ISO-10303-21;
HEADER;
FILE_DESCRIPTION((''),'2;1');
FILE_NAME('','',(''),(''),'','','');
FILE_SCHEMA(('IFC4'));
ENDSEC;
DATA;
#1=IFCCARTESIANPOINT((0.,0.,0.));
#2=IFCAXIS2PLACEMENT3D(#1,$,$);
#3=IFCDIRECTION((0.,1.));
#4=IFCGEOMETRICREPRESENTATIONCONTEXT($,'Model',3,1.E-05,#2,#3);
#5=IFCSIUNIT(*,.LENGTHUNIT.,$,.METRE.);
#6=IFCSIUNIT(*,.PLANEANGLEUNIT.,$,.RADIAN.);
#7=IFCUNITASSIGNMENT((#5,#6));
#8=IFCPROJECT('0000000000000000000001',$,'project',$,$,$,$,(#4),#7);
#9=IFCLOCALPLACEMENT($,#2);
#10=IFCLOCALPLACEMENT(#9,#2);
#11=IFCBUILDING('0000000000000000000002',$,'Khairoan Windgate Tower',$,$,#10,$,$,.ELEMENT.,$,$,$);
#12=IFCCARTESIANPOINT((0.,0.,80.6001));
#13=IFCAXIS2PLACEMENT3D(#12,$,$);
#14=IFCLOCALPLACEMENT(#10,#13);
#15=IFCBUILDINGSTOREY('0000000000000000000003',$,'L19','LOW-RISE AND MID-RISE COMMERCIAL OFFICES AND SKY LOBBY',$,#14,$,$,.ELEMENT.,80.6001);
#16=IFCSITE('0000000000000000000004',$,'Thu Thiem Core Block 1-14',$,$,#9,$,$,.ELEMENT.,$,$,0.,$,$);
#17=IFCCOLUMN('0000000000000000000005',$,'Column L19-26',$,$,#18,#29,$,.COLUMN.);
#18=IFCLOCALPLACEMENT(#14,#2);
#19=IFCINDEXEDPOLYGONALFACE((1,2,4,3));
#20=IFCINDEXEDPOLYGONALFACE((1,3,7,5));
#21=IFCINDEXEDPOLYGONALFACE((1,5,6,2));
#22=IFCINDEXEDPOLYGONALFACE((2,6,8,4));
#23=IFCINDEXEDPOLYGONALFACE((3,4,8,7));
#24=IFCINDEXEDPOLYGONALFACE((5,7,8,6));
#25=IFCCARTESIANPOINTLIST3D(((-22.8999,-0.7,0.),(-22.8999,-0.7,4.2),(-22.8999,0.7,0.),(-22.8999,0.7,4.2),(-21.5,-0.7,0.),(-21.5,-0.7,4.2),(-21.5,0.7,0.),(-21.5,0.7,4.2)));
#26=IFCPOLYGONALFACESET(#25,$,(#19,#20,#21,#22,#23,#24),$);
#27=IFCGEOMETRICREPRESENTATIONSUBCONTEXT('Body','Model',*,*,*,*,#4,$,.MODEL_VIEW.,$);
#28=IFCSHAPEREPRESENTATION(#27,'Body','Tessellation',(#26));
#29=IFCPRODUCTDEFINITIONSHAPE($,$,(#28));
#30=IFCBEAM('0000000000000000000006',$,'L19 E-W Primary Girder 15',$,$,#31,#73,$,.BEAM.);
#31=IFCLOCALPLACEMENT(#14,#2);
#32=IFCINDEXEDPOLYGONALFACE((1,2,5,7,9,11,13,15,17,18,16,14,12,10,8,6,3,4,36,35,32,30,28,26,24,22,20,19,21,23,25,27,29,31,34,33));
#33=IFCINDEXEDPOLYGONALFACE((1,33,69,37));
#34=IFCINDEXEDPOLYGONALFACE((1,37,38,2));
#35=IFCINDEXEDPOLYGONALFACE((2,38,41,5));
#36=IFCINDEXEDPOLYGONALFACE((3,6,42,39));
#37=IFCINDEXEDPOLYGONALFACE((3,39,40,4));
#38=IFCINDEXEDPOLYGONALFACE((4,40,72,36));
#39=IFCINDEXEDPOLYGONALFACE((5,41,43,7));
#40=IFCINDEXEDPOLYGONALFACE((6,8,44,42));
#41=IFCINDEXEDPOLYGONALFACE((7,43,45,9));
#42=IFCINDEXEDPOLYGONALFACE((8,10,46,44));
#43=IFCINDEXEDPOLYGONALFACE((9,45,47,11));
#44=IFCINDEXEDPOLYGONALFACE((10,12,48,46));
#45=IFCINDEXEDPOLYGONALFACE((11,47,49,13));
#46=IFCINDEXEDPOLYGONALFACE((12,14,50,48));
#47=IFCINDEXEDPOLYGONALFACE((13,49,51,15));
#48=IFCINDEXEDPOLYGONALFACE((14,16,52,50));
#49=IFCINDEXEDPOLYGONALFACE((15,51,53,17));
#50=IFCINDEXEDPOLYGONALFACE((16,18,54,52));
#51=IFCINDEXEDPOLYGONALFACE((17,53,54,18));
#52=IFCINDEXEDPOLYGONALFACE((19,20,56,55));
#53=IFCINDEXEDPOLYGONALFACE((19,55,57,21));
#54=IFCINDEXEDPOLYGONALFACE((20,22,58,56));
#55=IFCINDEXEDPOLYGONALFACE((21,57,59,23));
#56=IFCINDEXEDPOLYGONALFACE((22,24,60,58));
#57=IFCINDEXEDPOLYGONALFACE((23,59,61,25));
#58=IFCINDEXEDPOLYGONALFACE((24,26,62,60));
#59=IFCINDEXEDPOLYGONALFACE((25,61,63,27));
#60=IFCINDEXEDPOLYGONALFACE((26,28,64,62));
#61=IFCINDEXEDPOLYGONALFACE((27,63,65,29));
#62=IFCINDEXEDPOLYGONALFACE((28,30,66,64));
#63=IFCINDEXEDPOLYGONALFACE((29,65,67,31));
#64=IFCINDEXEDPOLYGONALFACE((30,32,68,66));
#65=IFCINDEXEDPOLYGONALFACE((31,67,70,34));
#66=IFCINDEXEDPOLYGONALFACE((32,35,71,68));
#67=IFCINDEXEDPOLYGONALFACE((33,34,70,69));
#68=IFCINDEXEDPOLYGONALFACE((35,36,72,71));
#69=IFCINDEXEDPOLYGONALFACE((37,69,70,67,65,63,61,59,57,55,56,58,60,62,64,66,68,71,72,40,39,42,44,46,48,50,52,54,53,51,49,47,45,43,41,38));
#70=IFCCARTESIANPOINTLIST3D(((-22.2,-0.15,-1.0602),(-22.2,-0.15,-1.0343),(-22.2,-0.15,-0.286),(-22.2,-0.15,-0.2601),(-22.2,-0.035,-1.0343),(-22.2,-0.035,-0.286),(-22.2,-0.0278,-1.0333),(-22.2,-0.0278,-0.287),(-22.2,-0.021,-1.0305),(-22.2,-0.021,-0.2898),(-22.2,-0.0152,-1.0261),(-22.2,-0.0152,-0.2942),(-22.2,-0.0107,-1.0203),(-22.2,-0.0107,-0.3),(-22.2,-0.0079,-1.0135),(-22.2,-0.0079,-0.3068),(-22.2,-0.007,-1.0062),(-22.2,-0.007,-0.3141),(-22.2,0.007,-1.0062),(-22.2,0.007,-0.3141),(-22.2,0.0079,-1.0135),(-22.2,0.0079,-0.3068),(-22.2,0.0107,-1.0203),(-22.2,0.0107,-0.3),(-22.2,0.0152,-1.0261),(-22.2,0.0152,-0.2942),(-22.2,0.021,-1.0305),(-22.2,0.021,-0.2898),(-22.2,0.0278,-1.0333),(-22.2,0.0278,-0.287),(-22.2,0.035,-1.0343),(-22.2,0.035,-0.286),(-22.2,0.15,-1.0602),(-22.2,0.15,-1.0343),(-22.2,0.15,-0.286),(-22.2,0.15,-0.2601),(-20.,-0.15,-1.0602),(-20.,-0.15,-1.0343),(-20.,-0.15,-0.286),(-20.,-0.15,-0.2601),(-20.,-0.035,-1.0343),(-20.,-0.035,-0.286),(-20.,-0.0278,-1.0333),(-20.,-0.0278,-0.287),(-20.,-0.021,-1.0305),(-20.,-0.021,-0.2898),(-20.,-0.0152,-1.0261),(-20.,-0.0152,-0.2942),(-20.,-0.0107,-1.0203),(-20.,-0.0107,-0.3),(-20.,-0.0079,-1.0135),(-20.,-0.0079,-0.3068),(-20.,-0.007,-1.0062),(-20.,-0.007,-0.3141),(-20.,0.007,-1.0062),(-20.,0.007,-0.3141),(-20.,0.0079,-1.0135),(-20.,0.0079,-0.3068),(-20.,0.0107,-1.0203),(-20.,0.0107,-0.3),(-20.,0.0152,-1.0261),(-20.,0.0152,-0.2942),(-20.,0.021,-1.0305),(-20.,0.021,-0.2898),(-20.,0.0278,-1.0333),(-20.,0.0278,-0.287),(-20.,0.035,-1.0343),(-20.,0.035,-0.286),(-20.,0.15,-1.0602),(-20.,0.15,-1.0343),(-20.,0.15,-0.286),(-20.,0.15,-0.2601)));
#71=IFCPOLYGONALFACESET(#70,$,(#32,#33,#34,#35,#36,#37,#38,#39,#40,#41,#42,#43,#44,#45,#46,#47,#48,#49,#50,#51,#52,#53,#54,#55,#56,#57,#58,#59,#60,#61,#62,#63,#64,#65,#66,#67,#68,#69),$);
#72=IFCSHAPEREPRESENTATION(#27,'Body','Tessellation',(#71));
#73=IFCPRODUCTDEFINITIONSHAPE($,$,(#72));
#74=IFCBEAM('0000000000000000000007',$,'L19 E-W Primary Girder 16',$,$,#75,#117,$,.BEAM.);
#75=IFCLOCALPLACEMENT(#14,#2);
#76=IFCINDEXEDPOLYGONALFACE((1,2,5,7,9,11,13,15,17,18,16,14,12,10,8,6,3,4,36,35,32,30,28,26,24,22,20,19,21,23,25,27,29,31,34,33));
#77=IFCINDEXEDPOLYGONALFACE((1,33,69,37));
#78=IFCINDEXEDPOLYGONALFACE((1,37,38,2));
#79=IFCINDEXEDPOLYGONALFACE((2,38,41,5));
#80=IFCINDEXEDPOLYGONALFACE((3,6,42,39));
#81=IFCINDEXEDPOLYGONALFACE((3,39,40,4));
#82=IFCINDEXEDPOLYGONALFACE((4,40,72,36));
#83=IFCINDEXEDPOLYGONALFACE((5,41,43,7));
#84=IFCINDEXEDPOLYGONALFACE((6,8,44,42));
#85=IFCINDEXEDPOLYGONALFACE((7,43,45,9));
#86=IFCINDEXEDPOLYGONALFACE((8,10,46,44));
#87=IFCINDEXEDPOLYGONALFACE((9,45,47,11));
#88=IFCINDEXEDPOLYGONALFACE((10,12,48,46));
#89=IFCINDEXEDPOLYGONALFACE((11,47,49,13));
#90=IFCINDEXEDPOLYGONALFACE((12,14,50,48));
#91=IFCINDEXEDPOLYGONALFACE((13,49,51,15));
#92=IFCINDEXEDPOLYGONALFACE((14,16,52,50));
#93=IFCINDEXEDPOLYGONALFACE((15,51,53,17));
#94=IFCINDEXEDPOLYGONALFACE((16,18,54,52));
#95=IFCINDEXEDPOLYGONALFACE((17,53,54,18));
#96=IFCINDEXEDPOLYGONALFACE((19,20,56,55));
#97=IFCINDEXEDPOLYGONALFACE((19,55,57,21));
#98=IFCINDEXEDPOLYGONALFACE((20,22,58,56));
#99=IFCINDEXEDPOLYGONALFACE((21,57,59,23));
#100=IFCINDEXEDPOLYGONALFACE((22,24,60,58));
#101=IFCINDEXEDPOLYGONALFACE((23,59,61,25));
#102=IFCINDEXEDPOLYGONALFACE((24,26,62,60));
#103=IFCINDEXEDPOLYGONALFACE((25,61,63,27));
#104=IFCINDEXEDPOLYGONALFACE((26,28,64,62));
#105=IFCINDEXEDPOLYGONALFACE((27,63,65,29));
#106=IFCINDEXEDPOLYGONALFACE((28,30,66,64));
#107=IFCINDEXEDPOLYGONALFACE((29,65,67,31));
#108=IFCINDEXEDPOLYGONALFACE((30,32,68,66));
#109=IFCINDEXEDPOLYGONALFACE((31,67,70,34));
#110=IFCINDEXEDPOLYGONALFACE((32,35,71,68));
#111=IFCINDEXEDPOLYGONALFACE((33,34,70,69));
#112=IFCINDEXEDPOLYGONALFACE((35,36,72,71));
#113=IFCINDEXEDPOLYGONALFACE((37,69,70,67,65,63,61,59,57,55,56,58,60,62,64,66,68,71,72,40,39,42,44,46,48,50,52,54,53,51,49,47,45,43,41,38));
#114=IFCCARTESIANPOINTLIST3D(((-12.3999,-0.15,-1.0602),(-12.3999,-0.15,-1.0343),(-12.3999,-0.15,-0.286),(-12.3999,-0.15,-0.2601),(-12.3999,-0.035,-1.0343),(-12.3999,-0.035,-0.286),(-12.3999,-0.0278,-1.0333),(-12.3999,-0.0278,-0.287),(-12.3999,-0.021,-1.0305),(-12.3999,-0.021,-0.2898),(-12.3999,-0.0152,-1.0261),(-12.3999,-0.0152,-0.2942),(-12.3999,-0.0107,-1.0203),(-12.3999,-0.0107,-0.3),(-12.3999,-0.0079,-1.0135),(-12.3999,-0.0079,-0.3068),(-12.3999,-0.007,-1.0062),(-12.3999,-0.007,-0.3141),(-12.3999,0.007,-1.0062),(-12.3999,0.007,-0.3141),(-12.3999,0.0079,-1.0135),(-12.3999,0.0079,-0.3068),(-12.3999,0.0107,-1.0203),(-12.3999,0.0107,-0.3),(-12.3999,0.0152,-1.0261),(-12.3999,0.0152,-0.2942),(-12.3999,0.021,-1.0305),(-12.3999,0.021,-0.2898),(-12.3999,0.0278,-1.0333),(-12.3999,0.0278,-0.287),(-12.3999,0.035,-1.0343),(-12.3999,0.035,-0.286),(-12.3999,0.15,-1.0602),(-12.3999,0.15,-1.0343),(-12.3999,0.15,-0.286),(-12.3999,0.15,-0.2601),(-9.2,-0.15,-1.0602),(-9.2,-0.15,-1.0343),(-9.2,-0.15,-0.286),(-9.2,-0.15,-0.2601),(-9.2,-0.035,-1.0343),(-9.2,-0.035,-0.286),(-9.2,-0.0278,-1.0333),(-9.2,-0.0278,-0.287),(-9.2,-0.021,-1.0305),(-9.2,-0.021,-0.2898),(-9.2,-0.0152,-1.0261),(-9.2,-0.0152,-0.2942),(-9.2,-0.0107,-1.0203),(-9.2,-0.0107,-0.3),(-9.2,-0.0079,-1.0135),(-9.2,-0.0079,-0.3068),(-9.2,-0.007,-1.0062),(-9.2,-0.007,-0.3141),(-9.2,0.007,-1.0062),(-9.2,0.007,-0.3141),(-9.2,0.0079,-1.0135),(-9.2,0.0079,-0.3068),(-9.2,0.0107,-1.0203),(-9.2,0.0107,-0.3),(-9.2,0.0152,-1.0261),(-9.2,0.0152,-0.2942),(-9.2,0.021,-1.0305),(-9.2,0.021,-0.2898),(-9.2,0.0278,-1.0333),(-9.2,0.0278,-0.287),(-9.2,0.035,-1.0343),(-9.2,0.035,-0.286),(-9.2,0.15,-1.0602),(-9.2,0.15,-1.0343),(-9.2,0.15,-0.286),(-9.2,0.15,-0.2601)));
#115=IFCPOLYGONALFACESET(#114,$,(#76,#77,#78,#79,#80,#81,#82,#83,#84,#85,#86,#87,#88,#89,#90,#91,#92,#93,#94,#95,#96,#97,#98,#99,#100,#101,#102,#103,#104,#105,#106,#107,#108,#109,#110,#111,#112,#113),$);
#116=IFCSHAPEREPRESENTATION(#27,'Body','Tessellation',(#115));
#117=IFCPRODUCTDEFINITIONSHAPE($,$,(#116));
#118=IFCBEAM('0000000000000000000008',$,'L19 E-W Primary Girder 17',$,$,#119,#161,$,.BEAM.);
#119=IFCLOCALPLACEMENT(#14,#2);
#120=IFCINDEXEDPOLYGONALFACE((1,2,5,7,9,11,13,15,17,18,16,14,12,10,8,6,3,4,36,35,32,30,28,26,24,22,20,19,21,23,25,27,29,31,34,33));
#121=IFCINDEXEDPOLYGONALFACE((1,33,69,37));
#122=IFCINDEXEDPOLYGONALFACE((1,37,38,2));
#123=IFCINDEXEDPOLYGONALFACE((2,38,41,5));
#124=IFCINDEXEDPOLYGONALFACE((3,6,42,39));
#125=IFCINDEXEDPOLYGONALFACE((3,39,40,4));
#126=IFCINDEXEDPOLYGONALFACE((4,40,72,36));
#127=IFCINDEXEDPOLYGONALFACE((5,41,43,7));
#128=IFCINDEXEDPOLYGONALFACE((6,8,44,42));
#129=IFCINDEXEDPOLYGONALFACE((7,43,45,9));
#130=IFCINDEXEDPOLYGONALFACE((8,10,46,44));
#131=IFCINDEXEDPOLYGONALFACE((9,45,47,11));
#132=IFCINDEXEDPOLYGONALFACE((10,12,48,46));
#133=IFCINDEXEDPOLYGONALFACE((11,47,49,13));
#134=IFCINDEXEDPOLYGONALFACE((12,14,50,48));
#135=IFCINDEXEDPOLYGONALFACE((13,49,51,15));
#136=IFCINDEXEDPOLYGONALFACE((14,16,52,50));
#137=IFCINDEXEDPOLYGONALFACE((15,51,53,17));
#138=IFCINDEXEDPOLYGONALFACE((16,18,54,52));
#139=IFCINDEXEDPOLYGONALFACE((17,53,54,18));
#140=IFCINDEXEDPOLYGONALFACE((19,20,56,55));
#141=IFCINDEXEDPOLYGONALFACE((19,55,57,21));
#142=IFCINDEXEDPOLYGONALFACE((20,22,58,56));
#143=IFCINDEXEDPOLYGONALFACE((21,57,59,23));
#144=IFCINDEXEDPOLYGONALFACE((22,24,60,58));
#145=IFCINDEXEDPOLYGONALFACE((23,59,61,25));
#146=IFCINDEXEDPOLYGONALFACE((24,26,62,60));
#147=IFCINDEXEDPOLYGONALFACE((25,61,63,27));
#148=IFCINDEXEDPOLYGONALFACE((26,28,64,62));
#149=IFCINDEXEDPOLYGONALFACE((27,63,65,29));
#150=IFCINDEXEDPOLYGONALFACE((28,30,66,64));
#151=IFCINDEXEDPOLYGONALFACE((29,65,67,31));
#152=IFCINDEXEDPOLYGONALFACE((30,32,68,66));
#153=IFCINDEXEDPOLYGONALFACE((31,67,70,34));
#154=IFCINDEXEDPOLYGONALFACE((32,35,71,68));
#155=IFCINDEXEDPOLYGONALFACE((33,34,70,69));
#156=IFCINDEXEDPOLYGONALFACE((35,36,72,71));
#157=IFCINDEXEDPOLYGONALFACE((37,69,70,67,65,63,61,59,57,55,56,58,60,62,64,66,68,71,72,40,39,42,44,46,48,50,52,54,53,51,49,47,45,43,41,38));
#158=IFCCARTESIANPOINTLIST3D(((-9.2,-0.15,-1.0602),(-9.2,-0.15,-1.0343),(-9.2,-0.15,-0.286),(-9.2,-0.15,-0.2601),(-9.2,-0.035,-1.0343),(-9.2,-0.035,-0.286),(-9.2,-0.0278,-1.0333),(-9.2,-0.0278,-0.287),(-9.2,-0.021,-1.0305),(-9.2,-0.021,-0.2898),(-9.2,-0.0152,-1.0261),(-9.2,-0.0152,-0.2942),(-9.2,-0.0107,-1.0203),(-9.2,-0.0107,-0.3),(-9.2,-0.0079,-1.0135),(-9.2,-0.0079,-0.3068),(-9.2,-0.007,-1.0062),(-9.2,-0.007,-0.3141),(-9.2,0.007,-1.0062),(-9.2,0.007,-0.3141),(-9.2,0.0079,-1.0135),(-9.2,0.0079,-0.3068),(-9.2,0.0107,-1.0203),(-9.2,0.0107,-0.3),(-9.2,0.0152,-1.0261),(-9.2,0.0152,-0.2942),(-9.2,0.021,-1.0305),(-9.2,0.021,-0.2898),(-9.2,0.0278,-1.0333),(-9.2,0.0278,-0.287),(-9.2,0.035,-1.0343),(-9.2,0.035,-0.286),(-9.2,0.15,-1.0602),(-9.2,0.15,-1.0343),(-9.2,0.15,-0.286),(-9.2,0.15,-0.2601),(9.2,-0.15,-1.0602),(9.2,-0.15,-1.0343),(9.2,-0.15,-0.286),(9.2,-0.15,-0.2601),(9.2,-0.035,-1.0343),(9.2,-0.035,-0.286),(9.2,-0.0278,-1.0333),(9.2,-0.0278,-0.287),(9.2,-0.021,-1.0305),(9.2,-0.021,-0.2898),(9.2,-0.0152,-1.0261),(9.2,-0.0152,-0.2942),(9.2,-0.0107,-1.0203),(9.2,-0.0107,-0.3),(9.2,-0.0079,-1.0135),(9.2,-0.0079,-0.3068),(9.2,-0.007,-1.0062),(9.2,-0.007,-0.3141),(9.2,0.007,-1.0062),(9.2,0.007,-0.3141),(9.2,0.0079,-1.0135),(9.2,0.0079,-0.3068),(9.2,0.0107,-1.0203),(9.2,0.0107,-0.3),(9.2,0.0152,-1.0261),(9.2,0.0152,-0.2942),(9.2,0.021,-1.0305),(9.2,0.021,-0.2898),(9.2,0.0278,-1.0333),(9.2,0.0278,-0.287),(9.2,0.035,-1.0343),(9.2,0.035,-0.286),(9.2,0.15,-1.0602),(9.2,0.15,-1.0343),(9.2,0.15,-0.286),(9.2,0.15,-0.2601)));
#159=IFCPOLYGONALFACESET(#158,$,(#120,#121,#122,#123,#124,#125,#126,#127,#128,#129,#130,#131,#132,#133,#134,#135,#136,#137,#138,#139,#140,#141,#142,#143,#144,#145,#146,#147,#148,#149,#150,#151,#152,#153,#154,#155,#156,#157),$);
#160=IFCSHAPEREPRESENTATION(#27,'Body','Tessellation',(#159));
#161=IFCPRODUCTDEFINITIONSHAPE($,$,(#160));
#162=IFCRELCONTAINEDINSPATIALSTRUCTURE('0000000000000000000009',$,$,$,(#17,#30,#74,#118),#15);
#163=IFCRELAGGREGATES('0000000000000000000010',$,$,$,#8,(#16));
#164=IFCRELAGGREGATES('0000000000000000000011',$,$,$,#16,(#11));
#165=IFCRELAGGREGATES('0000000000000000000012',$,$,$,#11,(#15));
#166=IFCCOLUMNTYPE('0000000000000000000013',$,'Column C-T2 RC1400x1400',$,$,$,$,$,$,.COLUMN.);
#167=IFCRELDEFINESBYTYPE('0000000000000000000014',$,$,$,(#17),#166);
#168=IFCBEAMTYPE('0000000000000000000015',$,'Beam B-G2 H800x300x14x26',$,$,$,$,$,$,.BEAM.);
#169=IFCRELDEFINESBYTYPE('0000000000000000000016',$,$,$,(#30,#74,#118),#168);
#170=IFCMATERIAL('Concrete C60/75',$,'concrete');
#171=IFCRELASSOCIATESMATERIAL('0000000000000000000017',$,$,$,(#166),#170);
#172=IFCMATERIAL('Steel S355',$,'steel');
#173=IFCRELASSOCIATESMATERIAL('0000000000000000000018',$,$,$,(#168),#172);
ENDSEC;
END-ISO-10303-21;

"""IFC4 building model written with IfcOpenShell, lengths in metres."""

from ifc_helpers import new_model, si_unit, direction, frame, origin, origin_2d, place, context, subcontext, project, spatial, rectangle, i_section, extrude, material, material_profile, profile_set, type_object, element, save


model = new_model("IFC4")

# Units and contexts
model_context = context("Model", 3, precision=1e-05, world=origin(), true_north=direction((0.0, 1.0)))
body_context = subcontext(model_context, "Body", "Model", "MODEL_VIEW")
ifc_project = project(units=[si_unit("LENGTHUNIT", "METRE"), si_unit("PLANEANGLEUNIT", "RADIAN")], contexts=[model_context])

# Site, building, storey
site_placement = place(None, origin())
site = spatial("IfcSite", under=ifc_project, at=site_placement, Name="Thu Thiem Core Block 1-14", CompositionType="ELEMENT", RefElevation=0.0)
building_placement = place(site_placement, origin())
building = spatial("IfcBuilding", under=site, at=building_placement, Name="Khairoan Windgate Tower", CompositionType="ELEMENT")
storey_placement = place(building_placement, frame((0.0, 0.0, 80.6001)))
storey = spatial("IfcBuildingStorey", under=building, at=storey_placement, Name="L19", Description="LOW-RISE AND MID-RISE COMMERCIAL OFFICES AND SKY LOBBY", CompositionType="ELEMENT", Elevation=80.6001)

# Column
ifc_material_1 = material(Name="Concrete C60/75", Category="concrete")
ifc_material_profile_1 = material_profile(ifc_material_1, rectangle(XDim=1.3999, YDim=1.3999, at=origin_2d()))
ifc_profile_set_1 = profile_set([ifc_material_profile_1], Name="Concrete C60/75")
column_type = type_object("IfcColumnType", Name="Column C-T2 RC1400x1400", PredefinedType="COLUMN", material=ifc_profile_set_1)
column_placement = place(storey_placement, frame((-22.2, 0.0, 0.0), z_axis=(0.0, 0.0, 1.0), x_axis=(1.0, 0.0, 0.0)))
element("IfcColumn", 1, at=column_placement, inside=storey, type_object=column_type, Name="Column L19-26", PredefinedType="COLUMN", context=body_context, shape_type="SweptSolid", body=[
    extrude(rectangle(XDim=1.3999, YDim=1.3999, at=origin_2d()), origin(), (0.0, 0.0, 1.0), 4.2),
])

# Beams
ifc_material_2 = material(Name="Steel S355", Category="steel")
ifc_material_profile_2 = material_profile(ifc_material_2, i_section(OverallWidth=0.3, OverallDepth=0.8, WebThickness=0.0139, FlangeThickness=0.0259, FilletRadius=0.0281, at=origin_2d()))
ifc_profile_set_2 = profile_set([ifc_material_profile_2], Name="Steel S355")
beam_type_1 = type_object("IfcBeamType", Name="Beam B-G2 H800x300x14x26", PredefinedType="BEAM", material=ifc_profile_set_2)
beam_1_placement = place(storey_placement, frame((-22.2, 0.0, -0.6602), z_axis=(1.0, 0.0, 0.0), x_axis=(0.0, 1.0, 0.0)))
element("IfcBeam", 2, at=beam_1_placement, inside=storey, type_object=beam_type_1, Name="L19 E-W Primary Girder 15", PredefinedType="BEAM", context=body_context, shape_type="SweptSolid", body=[
    extrude(i_section(OverallWidth=0.3, OverallDepth=0.8, WebThickness=0.0139, FlangeThickness=0.0259, FilletRadius=0.0281, at=origin_2d()), origin(), (0.0, 0.0, 1.0), 2.2),
])
beam_2_placement = place(storey_placement, frame((-12.3999, 0.0, -0.6602), z_axis=(1.0, 0.0, 0.0), x_axis=(0.0, 1.0, 0.0)))
element("IfcBeam", 3, at=beam_2_placement, inside=storey, type_object=beam_type_1, Name="L19 E-W Primary Girder 16", PredefinedType="BEAM", context=body_context, shape_type="SweptSolid", body=[
    extrude(i_section(OverallWidth=0.3, OverallDepth=0.8, WebThickness=0.0139, FlangeThickness=0.0259, FilletRadius=0.0281, at=origin_2d()), origin(), (0.0, 0.0, 1.0), 3.2),
])
beam_3_placement = place(storey_placement, frame((-9.2, 0.0, -0.6602), z_axis=(1.0, 0.0, 0.0), x_axis=(0.0, 1.0, 0.0)))
element("IfcBeam", 4, at=beam_3_placement, inside=storey, type_object=beam_type_1, Name="L19 E-W Primary Girder 17", PredefinedType="BEAM", context=body_context, shape_type="SweptSolid", body=[
    extrude(i_section(OverallWidth=0.3, OverallDepth=0.8, WebThickness=0.0139, FlangeThickness=0.0259, FilletRadius=0.0281, at=origin_2d()), origin(), (0.0, 0.0, 1.0), 18.3999),
])

save(model, "model.ifc")
